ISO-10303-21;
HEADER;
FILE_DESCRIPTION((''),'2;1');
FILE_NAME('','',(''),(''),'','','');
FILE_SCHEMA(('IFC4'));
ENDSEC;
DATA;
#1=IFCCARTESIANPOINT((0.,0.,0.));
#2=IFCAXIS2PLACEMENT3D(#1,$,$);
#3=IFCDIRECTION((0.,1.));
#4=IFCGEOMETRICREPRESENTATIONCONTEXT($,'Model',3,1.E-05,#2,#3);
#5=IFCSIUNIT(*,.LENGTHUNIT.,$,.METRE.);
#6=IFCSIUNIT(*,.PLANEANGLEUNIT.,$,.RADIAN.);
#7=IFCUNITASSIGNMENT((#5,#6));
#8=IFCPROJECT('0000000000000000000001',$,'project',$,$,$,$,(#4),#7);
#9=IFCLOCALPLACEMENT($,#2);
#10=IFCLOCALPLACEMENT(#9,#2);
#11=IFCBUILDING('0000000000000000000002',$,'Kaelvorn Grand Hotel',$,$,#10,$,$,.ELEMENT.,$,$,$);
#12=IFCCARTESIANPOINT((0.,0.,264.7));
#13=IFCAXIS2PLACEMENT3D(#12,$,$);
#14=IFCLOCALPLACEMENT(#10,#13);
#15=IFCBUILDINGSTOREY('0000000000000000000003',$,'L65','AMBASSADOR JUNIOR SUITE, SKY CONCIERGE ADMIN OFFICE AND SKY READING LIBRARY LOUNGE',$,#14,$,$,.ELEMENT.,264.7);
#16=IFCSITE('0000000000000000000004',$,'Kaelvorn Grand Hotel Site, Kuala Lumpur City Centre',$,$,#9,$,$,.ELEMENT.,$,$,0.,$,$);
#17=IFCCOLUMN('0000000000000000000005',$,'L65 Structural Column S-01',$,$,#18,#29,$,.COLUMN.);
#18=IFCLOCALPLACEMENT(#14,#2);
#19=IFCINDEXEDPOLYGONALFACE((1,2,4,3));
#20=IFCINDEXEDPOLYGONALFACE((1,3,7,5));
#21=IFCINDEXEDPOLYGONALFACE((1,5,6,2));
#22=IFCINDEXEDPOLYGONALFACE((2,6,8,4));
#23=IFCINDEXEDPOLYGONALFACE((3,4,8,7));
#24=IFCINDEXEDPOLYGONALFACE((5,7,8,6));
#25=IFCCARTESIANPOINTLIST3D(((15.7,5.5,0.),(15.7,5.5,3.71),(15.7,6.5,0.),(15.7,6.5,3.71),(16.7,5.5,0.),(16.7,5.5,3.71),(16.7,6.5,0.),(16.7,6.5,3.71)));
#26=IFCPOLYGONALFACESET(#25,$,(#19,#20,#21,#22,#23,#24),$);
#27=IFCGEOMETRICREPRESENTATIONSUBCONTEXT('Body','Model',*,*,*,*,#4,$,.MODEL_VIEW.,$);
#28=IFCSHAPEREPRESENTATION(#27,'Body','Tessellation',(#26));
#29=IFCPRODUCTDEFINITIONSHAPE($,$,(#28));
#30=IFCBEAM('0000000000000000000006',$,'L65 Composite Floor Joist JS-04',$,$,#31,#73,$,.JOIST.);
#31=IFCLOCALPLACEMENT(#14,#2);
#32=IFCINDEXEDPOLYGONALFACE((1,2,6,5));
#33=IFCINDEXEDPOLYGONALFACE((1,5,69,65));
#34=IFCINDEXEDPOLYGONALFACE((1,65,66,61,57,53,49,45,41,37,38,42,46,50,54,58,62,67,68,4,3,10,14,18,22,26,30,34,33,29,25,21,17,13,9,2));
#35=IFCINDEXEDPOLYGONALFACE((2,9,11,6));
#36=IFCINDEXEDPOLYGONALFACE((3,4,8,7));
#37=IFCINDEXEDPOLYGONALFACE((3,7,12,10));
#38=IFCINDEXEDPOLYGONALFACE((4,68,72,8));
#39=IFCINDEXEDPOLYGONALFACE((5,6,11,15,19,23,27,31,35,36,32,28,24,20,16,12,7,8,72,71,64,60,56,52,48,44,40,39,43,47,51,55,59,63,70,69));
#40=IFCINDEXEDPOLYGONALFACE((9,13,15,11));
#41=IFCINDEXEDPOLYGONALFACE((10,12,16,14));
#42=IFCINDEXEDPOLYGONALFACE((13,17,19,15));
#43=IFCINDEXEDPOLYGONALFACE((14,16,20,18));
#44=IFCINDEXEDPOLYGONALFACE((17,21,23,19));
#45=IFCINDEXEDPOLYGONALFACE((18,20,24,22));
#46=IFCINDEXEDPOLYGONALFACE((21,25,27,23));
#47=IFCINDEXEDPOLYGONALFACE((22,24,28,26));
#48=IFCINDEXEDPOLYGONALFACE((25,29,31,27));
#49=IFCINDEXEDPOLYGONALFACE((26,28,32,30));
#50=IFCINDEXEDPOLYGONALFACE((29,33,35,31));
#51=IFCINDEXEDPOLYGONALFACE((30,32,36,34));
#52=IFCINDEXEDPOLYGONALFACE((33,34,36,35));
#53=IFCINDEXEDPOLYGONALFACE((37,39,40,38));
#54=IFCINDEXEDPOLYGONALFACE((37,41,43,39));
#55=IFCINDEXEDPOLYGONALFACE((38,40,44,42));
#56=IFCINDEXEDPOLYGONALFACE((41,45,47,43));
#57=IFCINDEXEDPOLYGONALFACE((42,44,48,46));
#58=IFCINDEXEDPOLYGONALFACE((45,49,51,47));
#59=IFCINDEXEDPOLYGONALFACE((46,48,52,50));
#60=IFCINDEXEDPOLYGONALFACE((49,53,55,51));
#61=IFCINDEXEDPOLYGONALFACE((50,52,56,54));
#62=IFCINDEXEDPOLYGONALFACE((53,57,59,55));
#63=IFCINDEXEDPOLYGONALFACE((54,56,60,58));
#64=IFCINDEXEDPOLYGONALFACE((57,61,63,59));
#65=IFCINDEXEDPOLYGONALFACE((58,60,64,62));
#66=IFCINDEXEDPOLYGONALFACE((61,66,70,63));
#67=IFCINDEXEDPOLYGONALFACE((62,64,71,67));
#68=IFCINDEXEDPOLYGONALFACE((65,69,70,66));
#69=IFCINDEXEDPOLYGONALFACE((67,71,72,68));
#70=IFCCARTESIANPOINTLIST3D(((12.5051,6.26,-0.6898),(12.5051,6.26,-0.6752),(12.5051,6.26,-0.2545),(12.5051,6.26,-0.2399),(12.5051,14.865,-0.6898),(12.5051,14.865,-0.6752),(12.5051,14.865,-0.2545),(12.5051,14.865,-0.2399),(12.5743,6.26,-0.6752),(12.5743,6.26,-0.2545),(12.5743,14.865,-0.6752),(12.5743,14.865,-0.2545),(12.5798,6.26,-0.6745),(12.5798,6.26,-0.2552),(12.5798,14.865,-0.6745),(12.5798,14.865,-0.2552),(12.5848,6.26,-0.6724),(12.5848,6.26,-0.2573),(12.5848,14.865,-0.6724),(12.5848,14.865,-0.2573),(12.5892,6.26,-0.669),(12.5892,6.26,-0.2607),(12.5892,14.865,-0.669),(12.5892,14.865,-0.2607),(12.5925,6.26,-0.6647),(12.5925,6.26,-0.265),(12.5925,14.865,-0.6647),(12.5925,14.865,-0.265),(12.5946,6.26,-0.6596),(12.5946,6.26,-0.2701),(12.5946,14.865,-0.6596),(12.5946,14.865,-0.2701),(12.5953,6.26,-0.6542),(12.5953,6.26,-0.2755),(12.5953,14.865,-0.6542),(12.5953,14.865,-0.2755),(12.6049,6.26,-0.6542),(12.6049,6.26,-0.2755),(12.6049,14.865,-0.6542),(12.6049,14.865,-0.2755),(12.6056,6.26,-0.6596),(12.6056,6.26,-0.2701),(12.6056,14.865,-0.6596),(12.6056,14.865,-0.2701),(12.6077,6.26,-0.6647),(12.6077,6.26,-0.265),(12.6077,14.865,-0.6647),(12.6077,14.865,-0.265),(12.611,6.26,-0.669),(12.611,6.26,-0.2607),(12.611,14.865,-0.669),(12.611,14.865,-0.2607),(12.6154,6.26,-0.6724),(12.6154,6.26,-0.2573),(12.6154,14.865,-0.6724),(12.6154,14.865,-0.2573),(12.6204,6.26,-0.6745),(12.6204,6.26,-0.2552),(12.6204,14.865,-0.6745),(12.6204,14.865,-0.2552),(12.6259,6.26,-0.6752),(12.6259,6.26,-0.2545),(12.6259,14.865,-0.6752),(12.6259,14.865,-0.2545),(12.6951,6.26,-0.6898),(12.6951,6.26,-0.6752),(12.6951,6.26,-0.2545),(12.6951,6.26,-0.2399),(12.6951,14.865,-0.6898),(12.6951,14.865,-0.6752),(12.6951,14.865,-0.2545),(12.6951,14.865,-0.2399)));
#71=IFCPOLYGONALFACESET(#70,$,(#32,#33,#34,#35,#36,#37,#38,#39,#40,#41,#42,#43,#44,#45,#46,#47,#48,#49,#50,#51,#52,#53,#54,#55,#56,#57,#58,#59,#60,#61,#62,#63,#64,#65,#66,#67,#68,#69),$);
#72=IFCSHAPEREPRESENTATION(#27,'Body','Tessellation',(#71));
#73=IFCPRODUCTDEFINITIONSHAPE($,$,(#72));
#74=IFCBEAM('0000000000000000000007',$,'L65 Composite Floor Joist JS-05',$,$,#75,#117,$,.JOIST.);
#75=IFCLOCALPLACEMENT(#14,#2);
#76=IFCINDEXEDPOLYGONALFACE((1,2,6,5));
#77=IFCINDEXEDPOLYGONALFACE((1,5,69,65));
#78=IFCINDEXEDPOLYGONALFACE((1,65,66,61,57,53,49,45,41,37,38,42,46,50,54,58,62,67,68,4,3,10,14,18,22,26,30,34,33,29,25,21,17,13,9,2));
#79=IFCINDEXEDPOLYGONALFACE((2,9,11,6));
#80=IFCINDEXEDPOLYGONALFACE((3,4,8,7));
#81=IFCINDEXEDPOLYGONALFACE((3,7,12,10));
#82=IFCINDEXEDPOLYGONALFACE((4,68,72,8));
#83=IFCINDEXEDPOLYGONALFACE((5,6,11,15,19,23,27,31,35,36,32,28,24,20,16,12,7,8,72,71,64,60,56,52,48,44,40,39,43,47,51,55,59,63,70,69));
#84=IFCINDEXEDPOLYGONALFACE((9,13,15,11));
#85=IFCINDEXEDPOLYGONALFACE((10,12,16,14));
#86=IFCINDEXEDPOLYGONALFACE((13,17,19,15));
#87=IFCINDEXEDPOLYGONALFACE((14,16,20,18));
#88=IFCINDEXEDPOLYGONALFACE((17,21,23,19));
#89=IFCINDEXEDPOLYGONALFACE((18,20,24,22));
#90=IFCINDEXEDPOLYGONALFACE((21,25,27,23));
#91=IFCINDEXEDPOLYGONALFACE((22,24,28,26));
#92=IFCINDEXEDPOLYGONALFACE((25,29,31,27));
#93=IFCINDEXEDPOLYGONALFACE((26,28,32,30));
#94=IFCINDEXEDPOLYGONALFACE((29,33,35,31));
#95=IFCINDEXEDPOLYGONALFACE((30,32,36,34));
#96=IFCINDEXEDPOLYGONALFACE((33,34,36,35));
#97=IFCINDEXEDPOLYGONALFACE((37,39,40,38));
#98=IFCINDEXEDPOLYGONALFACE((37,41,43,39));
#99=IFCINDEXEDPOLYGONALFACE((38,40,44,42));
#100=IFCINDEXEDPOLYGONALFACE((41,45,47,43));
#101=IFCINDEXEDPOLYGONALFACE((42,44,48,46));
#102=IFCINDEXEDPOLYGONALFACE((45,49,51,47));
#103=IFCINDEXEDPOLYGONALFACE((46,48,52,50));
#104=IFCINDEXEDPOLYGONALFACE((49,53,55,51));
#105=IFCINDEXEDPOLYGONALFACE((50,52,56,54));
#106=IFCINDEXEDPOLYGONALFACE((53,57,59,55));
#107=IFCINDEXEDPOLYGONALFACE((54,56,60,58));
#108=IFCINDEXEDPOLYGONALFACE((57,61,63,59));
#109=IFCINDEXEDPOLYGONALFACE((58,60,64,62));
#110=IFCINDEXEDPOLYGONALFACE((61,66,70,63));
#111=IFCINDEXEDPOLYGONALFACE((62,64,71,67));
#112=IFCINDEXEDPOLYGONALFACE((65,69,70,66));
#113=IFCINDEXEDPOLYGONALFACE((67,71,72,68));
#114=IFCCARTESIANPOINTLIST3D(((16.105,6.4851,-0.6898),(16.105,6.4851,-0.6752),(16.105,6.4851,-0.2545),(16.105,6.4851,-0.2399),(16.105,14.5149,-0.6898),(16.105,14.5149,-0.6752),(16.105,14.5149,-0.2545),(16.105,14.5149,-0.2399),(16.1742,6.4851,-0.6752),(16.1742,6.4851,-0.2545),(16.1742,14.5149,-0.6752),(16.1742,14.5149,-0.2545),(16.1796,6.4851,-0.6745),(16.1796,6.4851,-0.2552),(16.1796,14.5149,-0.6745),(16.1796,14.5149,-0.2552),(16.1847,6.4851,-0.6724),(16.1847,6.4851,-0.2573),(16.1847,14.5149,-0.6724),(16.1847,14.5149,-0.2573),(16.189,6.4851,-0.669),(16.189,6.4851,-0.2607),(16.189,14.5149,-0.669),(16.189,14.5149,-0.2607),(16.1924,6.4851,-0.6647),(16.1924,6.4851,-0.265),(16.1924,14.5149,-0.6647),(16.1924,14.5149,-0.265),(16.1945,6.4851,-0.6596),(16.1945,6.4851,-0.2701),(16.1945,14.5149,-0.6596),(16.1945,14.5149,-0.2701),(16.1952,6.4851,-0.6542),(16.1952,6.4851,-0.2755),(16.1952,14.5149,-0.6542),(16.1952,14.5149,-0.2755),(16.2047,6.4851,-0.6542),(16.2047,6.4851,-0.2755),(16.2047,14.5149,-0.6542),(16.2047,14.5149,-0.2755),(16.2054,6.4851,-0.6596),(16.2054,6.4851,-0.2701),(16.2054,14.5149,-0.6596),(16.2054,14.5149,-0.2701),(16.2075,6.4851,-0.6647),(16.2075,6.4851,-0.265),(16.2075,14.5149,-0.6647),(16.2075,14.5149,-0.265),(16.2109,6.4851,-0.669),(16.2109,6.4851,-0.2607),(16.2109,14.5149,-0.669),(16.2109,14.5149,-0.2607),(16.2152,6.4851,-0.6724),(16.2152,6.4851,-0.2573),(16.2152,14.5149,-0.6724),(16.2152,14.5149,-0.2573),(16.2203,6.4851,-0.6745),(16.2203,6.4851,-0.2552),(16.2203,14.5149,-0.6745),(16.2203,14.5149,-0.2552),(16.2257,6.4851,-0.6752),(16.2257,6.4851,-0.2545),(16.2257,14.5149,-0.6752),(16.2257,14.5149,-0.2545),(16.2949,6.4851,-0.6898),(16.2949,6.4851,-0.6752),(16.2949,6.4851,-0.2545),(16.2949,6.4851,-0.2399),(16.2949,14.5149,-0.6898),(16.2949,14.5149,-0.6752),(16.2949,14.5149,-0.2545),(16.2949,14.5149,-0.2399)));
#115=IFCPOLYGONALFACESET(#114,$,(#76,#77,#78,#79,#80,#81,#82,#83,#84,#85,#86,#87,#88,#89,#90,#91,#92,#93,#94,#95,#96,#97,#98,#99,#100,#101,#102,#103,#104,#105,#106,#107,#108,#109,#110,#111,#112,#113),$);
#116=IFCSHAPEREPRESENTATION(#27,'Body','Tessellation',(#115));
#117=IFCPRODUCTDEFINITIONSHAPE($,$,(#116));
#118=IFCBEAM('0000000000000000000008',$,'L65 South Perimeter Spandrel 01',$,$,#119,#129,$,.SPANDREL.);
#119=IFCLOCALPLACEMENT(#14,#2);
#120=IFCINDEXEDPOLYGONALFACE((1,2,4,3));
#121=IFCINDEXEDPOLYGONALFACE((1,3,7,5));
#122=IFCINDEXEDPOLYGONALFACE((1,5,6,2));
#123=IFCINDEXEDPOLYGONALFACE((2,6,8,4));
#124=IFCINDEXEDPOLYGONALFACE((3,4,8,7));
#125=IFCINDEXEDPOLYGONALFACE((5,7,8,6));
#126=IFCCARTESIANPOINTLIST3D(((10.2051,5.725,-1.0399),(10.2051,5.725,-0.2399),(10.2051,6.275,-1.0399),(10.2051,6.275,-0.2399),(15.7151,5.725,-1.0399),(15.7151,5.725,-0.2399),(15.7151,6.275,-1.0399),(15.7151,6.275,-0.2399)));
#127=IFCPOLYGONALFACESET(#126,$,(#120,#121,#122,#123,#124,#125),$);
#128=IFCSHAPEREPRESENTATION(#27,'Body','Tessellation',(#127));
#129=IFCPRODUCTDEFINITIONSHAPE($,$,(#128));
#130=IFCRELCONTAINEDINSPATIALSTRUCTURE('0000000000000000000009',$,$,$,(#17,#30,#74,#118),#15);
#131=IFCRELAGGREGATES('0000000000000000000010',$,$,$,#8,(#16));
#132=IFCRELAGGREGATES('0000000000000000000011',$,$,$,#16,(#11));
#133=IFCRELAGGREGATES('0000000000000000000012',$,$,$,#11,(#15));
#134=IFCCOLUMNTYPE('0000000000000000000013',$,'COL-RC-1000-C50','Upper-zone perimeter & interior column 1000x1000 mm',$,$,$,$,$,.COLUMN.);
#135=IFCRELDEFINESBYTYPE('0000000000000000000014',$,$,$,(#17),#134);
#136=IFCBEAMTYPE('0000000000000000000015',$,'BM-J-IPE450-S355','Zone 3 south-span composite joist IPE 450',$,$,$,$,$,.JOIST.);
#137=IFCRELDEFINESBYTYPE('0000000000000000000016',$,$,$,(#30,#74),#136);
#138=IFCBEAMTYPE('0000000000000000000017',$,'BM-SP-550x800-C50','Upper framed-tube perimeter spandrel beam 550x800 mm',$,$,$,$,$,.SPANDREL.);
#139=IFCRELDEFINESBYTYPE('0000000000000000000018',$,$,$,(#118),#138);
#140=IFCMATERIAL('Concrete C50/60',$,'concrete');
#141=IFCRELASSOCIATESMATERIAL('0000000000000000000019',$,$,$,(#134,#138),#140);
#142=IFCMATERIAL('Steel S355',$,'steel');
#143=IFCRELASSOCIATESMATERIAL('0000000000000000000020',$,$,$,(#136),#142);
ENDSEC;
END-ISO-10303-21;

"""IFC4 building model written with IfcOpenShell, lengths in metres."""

from ifc_helpers import new_model, si_unit, direction, frame, origin, origin_2d, place, context, subcontext, project, spatial, rectangle, i_section, extrude, material, material_profile, profile_set, type_object, element, save


model = new_model("IFC4")

# Units and contexts
model_context = context("Model", 3, precision=1e-05, world=origin(), true_north=direction((0.0, 1.0)))
body_context = subcontext(model_context, "Body", "Model", "MODEL_VIEW")
ifc_project = project(units=[si_unit("LENGTHUNIT", "METRE"), si_unit("PLANEANGLEUNIT", "RADIAN")], contexts=[model_context])

# Site, building, storey
site_placement = place(None, origin())
site = spatial("IfcSite", under=ifc_project, at=site_placement, Name="Kaelvorn Grand Hotel Site, Kuala Lumpur City Centre", CompositionType="ELEMENT", RefElevation=0.0)
building_placement = place(site_placement, origin())
building = spatial("IfcBuilding", under=site, at=building_placement, Name="Kaelvorn Grand Hotel", CompositionType="ELEMENT")
storey_placement = place(building_placement, frame((0.0, 0.0, 264.7)))
storey = spatial("IfcBuildingStorey", under=building, at=storey_placement, Name="L65", Description="AMBASSADOR JUNIOR SUITE, SKY CONCIERGE ADMIN OFFICE AND SKY READING LIBRARY LOUNGE", CompositionType="ELEMENT", Elevation=264.7)

# Column
ifc_material_1 = material(Name="Concrete C50/60", Category="concrete")
ifc_material_profile_1 = material_profile(ifc_material_1, rectangle(XDim=1.0, YDim=1.0, at=origin_2d()), Name="RC COL 1000x1000")
ifc_profile_set_1 = profile_set([ifc_material_profile_1], Name="Concrete C50/60")
column_type = type_object("IfcColumnType", Name="COL-RC-1000-C50", Description="Upper-zone perimeter & interior column 1000x1000 mm", PredefinedType="COLUMN", material=ifc_profile_set_1)
column_placement = place(storey_placement, frame((16.2, 6.0, 0.0), z_axis=(0.0, 0.0, 1.0), x_axis=(1.0, 0.0, 0.0)))
element("IfcColumn", 1, at=column_placement, inside=storey, type_object=column_type, Name="L65 Structural Column S-01", PredefinedType="COLUMN", context=body_context, shape_type="SweptSolid", body=[
    extrude(rectangle(XDim=1.0, YDim=1.0, at=origin_2d()), origin(), (0.0, 0.0, 1.0), 3.71),
])

# Beams
ifc_material_2 = material(Name="Steel S355", Category="steel")
ifc_material_profile_2 = material_profile(ifc_material_2, i_section(OverallWidth=0.1899, OverallDepth=0.45, WebThickness=0.0095, FlangeThickness=0.0146, FilletRadius=0.021, at=origin_2d()), Name="IPE 450")
ifc_profile_set_2 = profile_set([ifc_material_profile_2], Name="Steel S355")
beam_type_1 = type_object("IfcBeamType", Name="BM-J-IPE450-S355", Description="Zone 3 south-span composite joist IPE 450", PredefinedType="JOIST", material=ifc_profile_set_2)
beam_1_placement = place(storey_placement, frame((12.6001, 6.26, -0.4648), z_axis=(0.0, 1.0, 0.0), x_axis=(-1.0, 0.0, 0.0)))
element("IfcBeam", 2, at=beam_1_placement, inside=storey, type_object=beam_type_1, Name="L65 Composite Floor Joist JS-04", PredefinedType="JOIST", context=body_context, shape_type="SweptSolid", body=[
    extrude(i_section(OverallWidth=0.1899, OverallDepth=0.45, WebThickness=0.0095, FlangeThickness=0.0146, FilletRadius=0.021, at=origin_2d()), origin(), (0.0, 0.0, 1.0), 8.605),
])
beam_2_placement = place(storey_placement, frame((16.2, 6.4851, -0.4648), z_axis=(0.0, 1.0, 0.0), x_axis=(-1.0, 0.0, 0.0)))
element("IfcBeam", 3, at=beam_2_placement, inside=storey, type_object=beam_type_1, Name="L65 Composite Floor Joist JS-05", PredefinedType="JOIST", context=body_context, shape_type="SweptSolid", body=[
    extrude(i_section(OverallWidth=0.1899, OverallDepth=0.45, WebThickness=0.0095, FlangeThickness=0.0146, FilletRadius=0.021, at=origin_2d()), origin(), (0.0, 0.0, 1.0), 8.0298),
])
ifc_material_profile_3 = material_profile(ifc_material_1, rectangle(XDim=0.55, YDim=0.8, at=origin_2d()), Name="RC SPANDREL 550x800")
ifc_profile_set_3 = profile_set([ifc_material_profile_3], Name="Concrete C50/60")
beam_type_2 = type_object("IfcBeamType", Name="BM-SP-550x800-C50", Description="Upper framed-tube perimeter spandrel beam 550x800 mm", PredefinedType="SPANDREL", material=ifc_profile_set_3)
beam_3_placement = place(storey_placement, frame((10.2051, 6.0, -0.6399), z_axis=(1.0, 0.0, 0.0), x_axis=(0.0, 1.0, 0.0)))
element("IfcBeam", 4, at=beam_3_placement, inside=storey, type_object=beam_type_2, Name="L65 South Perimeter Spandrel 01", PredefinedType="SPANDREL", context=body_context, shape_type="SweptSolid", body=[
    extrude(rectangle(XDim=0.55, YDim=0.8, at=origin_2d()), origin(), (0.0, 0.0, 1.0), 5.51),
])

save(model, "model.ifc")
